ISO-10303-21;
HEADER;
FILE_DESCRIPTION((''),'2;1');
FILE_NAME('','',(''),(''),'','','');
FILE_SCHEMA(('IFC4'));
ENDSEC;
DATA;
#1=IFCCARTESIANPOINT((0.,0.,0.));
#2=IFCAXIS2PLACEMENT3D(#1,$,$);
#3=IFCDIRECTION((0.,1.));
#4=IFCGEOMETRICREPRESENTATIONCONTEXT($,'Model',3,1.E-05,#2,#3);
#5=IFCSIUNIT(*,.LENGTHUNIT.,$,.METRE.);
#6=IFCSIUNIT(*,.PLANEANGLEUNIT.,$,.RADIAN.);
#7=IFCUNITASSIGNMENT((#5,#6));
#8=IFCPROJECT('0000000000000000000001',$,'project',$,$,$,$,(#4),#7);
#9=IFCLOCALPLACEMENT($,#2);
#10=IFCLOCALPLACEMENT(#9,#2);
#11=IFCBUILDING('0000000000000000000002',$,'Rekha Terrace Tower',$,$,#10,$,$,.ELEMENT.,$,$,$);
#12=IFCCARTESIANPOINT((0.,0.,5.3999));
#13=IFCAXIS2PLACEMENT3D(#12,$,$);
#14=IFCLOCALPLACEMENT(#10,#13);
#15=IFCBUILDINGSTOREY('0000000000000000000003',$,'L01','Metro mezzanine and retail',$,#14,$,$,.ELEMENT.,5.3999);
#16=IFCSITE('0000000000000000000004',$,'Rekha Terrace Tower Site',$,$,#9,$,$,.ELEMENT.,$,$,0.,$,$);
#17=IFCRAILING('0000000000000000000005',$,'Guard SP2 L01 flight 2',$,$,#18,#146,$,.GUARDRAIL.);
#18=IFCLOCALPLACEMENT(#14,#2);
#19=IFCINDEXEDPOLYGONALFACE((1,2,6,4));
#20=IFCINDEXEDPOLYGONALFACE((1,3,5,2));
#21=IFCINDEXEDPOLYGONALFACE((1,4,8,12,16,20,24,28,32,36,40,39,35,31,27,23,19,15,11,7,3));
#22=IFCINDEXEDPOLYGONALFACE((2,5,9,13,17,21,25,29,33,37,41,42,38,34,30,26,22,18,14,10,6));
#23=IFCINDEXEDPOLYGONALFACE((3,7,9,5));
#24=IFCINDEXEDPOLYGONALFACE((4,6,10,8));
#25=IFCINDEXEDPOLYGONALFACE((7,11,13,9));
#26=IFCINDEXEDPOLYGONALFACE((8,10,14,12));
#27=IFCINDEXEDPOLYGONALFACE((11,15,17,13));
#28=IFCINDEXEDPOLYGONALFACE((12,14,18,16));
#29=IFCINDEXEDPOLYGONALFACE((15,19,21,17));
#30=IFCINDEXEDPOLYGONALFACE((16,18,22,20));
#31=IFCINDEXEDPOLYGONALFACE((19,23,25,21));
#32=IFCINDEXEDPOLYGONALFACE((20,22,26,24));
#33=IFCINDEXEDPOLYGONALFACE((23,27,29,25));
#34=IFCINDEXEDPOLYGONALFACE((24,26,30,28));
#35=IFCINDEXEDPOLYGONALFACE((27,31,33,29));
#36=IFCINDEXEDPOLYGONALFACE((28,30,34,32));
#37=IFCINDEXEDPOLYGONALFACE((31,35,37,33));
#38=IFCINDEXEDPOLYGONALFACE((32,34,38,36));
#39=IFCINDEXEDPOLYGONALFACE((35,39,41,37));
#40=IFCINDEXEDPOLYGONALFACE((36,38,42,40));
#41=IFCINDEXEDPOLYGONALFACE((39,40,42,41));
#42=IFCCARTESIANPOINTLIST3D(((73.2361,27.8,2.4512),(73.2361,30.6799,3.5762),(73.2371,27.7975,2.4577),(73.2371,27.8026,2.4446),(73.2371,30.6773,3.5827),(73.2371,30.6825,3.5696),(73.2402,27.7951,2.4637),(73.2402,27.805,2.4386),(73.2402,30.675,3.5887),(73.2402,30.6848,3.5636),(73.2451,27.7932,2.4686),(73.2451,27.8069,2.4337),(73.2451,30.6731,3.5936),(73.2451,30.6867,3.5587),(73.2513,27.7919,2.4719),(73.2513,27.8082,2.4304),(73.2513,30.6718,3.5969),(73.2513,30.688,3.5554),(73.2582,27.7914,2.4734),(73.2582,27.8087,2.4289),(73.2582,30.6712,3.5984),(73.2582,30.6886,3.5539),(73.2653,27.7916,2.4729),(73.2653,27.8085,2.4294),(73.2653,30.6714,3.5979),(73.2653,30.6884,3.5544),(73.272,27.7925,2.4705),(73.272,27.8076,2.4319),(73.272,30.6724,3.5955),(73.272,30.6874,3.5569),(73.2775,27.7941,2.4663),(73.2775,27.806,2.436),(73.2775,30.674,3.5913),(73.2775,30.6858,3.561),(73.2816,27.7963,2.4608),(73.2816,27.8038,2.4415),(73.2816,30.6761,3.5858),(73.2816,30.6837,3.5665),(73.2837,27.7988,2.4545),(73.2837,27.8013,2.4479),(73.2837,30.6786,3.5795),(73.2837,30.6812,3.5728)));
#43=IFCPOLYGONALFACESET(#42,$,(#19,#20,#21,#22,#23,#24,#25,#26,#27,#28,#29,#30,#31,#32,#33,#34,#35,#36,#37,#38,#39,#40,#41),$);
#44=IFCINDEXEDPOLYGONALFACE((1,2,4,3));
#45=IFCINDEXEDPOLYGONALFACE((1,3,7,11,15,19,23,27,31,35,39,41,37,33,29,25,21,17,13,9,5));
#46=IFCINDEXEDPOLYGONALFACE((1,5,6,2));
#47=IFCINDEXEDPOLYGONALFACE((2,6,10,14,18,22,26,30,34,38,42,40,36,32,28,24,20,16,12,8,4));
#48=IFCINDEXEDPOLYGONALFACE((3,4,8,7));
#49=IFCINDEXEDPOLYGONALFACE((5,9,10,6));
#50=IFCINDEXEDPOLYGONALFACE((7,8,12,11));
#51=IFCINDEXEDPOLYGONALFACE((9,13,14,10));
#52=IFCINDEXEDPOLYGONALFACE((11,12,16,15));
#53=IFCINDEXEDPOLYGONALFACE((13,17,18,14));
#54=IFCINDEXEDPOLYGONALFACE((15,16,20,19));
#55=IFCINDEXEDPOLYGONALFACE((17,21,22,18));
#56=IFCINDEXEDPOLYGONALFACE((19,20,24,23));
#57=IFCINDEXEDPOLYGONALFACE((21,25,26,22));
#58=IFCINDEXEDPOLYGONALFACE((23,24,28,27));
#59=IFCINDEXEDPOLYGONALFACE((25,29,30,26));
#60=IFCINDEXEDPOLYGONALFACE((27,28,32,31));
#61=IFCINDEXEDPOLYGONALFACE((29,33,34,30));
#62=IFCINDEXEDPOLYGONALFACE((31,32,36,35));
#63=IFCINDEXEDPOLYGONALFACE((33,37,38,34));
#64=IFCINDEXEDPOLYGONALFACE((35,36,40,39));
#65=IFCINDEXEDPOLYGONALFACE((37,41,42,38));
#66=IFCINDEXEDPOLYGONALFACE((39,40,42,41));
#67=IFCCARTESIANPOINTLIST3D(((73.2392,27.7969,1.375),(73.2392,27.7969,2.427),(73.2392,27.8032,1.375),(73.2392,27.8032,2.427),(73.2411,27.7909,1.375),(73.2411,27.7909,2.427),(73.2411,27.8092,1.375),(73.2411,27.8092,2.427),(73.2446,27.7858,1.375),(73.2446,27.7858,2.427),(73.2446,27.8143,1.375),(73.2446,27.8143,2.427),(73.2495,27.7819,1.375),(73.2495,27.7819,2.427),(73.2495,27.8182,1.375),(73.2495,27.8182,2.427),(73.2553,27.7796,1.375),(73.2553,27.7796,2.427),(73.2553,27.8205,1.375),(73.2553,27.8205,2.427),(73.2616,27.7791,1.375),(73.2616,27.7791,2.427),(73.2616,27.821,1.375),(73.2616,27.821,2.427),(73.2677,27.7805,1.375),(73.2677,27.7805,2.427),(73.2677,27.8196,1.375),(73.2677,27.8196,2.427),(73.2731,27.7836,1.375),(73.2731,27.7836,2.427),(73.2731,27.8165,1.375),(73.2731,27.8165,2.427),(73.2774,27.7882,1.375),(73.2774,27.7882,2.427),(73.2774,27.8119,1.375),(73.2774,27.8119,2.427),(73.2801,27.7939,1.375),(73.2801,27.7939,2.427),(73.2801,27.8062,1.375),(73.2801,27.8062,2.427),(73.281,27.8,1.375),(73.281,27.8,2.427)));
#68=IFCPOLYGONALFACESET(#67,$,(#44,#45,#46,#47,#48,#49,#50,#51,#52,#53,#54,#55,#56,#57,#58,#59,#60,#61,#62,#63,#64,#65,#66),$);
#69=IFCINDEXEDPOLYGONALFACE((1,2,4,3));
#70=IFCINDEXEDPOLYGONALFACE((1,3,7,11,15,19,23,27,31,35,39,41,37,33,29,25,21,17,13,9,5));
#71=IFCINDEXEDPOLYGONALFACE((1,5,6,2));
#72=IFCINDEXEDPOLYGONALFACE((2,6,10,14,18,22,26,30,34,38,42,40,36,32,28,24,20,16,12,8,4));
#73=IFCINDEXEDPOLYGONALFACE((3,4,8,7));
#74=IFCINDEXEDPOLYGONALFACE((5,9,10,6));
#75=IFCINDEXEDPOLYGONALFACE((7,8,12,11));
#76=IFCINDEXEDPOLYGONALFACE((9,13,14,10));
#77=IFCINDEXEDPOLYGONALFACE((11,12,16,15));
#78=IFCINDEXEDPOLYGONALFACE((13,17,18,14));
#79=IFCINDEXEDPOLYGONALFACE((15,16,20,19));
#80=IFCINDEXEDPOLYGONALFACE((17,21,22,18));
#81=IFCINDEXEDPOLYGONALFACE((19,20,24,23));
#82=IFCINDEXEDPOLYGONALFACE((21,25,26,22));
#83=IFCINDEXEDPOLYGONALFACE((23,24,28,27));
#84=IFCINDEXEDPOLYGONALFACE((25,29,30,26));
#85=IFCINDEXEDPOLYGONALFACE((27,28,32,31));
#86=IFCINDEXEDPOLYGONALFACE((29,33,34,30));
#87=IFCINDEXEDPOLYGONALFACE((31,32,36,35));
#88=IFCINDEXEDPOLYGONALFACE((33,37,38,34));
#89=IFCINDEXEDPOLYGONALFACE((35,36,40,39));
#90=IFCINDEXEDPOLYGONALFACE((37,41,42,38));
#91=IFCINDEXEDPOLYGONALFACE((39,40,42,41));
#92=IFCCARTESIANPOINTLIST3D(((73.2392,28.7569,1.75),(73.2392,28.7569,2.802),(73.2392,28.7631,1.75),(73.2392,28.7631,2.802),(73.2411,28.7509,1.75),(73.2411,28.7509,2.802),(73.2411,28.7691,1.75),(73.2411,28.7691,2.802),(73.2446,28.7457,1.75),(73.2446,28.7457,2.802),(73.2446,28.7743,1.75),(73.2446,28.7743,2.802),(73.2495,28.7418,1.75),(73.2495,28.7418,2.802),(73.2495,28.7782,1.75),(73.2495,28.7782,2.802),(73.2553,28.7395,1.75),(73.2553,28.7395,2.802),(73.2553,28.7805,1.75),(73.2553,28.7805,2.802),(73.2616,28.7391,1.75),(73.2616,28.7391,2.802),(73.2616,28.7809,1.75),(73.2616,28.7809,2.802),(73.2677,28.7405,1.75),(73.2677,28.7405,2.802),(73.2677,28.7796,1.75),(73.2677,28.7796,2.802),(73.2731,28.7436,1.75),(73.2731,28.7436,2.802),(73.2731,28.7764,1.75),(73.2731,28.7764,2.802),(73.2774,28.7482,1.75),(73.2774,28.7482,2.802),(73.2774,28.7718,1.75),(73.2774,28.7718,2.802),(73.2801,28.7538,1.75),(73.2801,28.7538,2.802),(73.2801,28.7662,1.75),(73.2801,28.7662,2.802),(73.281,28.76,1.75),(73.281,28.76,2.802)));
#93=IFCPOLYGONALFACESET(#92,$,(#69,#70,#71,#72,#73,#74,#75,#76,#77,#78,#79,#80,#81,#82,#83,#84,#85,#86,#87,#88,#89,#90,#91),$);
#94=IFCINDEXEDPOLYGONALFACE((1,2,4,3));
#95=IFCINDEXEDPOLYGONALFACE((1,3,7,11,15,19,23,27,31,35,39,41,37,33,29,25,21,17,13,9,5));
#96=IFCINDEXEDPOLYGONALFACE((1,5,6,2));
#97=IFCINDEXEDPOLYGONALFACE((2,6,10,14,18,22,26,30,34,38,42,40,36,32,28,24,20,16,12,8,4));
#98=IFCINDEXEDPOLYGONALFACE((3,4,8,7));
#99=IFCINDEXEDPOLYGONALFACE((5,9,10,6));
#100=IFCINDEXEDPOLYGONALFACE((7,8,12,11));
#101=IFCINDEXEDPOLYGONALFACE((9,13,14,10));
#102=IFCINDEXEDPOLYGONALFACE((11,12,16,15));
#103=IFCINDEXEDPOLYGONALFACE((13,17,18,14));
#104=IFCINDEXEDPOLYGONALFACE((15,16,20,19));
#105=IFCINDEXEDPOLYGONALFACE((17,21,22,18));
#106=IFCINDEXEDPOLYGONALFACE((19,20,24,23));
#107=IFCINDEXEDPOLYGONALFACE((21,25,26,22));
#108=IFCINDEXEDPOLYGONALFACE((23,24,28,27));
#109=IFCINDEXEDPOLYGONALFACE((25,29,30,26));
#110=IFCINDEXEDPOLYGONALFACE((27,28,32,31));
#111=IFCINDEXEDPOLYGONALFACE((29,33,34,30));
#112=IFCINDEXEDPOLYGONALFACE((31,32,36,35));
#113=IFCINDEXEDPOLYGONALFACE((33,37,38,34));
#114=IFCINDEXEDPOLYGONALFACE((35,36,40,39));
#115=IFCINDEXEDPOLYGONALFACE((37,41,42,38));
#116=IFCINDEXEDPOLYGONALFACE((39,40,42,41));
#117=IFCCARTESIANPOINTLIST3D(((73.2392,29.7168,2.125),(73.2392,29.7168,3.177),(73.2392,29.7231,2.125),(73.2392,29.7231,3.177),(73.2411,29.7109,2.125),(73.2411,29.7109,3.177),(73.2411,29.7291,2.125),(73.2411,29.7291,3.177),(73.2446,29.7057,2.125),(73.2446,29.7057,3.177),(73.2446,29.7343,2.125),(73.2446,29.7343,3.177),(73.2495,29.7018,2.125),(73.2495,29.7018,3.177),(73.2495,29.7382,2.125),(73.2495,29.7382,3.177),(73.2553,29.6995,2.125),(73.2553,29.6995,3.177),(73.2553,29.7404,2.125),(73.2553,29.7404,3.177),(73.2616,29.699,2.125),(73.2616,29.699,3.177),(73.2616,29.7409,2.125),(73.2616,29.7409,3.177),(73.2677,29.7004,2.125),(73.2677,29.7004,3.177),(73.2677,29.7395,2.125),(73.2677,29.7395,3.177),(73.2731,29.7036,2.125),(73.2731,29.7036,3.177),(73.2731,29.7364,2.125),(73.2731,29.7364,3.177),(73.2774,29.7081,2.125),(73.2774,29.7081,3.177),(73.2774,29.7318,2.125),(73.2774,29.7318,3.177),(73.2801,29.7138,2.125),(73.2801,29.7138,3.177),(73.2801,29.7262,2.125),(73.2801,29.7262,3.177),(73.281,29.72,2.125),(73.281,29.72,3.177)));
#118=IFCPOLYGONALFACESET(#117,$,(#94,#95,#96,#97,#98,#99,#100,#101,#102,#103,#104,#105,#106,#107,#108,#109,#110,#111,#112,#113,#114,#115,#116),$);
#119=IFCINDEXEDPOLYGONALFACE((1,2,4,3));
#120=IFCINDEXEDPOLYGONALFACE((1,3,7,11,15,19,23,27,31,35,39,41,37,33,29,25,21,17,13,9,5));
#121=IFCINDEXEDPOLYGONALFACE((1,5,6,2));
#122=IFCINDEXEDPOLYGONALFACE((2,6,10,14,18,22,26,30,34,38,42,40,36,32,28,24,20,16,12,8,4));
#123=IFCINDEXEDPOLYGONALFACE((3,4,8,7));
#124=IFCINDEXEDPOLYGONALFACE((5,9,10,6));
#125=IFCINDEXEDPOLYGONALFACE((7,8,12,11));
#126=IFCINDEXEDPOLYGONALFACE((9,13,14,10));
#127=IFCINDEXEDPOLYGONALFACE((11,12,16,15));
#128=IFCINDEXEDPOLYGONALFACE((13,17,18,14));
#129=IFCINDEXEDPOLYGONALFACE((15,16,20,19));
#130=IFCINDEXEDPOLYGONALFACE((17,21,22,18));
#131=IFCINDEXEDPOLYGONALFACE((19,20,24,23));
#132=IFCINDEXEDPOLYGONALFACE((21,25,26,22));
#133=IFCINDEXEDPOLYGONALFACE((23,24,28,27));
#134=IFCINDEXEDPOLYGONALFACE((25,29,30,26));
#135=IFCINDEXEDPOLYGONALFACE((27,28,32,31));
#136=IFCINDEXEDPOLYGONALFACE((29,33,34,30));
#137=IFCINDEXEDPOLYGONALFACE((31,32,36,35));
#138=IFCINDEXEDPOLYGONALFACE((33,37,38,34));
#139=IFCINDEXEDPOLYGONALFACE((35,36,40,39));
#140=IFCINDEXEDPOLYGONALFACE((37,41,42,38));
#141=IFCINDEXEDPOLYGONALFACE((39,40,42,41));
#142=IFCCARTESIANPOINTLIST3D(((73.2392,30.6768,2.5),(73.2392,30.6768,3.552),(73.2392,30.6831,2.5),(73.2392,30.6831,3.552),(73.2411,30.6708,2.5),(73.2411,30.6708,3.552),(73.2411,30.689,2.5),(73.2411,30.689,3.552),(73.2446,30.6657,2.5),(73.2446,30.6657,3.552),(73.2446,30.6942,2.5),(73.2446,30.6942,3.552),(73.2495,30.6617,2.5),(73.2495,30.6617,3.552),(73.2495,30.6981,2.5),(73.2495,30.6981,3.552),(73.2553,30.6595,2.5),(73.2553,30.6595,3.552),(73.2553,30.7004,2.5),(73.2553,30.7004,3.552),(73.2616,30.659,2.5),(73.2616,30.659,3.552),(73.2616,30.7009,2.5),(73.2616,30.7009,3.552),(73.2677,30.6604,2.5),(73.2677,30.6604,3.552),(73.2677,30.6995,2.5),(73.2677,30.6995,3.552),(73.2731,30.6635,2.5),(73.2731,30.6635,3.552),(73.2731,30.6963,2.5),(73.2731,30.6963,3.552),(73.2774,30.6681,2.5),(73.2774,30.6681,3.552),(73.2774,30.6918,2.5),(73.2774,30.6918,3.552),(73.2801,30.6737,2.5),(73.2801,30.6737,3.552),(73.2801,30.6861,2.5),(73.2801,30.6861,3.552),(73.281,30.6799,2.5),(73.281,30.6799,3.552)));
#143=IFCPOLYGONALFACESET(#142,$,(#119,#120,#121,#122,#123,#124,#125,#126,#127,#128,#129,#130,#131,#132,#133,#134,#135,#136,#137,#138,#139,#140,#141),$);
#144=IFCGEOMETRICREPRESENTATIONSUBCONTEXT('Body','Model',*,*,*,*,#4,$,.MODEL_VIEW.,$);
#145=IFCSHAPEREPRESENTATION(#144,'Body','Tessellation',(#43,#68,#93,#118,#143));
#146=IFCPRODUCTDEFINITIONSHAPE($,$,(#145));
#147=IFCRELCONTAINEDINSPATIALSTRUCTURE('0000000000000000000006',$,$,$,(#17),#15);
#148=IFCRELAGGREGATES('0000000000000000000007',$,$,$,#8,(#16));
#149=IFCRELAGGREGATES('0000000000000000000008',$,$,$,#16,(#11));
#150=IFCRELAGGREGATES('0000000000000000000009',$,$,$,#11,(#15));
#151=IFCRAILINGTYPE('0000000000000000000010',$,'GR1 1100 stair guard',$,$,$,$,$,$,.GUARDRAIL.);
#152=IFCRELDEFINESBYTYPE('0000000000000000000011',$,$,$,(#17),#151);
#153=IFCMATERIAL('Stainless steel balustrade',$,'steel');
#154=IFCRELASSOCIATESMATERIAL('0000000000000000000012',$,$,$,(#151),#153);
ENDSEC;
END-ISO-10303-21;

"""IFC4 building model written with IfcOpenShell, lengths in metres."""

from ifc_helpers import new_model, si_unit, direction, frame, origin, origin_2d, place, context, subcontext, project, spatial, circle, extrude, material, type_object, element, save


model = new_model("IFC4")

# Units and contexts
model_context = context("Model", 3, precision=1e-05, world=origin(), true_north=direction((0.0, 1.0)))
body_context = subcontext(model_context, "Body", "Model", "MODEL_VIEW")
ifc_project = project(units=[si_unit("LENGTHUNIT", "METRE"), si_unit("PLANEANGLEUNIT", "RADIAN")], contexts=[model_context])

# Site, building, storey
site_placement = place(None, origin())
site = spatial("IfcSite", under=ifc_project, at=site_placement, Name="Rekha Terrace Tower Site", CompositionType="ELEMENT", RefElevation=0.0)
building_placement = place(site_placement, origin())
building = spatial("IfcBuilding", under=site, at=building_placement, Name="Rekha Terrace Tower", CompositionType="ELEMENT")
storey_placement = place(building_placement, frame((0.0, 0.0, 5.3999)))
storey = spatial("IfcBuildingStorey", under=building, at=storey_placement, Name="L01", Description="Metro mezzanine and retail", CompositionType="ELEMENT", Elevation=5.3999)

# Railing
ifc_material_1 = material(Name="Stainless steel balustrade", Category="steel")
railing_type_1 = type_object("IfcRailingType", Name="GR1 1100 stair guard", PredefinedType="GUARDRAIL", material=ifc_material_1)
railing_1_placement = place(storey_placement, frame((73.26, 27.8, 1.375)))
element("IfcRailing", 1, at=railing_1_placement, inside=storey, type_object=railing_type_1, Name="Guard SP2 L01 flight 2", PredefinedType="GUARDRAIL", context=body_context, shape_type="SweptSolid", body=[
    extrude(circle(Radius=0.0239, at=origin_2d()), frame((0.0, 0.0, 1.0762), z_axis=(0.0, 0.931452, 0.363863), x_axis=(-1.0, 0.0, 0.0)), (0.0, 0.0, 1.0), 3.0918),
    extrude(circle(Radius=0.021, at=origin_2d()), origin(), (0.0, 0.0, 1.0), 1.052),
    extrude(circle(Radius=0.021, at=origin_2d()), frame((0.0, 0.96, 0.375)), (0.0, 0.0, 1.0), 1.052),
    extrude(circle(Radius=0.021, at=origin_2d()), frame((0.0, 1.9199, 0.75)), (0.0, 0.0, 1.0), 1.052),
    extrude(circle(Radius=0.021, at=origin_2d()), frame((0.0, 2.8799, 1.125)), (0.0, 0.0, 1.0), 1.052),
])

save(model, "model.ifc")
